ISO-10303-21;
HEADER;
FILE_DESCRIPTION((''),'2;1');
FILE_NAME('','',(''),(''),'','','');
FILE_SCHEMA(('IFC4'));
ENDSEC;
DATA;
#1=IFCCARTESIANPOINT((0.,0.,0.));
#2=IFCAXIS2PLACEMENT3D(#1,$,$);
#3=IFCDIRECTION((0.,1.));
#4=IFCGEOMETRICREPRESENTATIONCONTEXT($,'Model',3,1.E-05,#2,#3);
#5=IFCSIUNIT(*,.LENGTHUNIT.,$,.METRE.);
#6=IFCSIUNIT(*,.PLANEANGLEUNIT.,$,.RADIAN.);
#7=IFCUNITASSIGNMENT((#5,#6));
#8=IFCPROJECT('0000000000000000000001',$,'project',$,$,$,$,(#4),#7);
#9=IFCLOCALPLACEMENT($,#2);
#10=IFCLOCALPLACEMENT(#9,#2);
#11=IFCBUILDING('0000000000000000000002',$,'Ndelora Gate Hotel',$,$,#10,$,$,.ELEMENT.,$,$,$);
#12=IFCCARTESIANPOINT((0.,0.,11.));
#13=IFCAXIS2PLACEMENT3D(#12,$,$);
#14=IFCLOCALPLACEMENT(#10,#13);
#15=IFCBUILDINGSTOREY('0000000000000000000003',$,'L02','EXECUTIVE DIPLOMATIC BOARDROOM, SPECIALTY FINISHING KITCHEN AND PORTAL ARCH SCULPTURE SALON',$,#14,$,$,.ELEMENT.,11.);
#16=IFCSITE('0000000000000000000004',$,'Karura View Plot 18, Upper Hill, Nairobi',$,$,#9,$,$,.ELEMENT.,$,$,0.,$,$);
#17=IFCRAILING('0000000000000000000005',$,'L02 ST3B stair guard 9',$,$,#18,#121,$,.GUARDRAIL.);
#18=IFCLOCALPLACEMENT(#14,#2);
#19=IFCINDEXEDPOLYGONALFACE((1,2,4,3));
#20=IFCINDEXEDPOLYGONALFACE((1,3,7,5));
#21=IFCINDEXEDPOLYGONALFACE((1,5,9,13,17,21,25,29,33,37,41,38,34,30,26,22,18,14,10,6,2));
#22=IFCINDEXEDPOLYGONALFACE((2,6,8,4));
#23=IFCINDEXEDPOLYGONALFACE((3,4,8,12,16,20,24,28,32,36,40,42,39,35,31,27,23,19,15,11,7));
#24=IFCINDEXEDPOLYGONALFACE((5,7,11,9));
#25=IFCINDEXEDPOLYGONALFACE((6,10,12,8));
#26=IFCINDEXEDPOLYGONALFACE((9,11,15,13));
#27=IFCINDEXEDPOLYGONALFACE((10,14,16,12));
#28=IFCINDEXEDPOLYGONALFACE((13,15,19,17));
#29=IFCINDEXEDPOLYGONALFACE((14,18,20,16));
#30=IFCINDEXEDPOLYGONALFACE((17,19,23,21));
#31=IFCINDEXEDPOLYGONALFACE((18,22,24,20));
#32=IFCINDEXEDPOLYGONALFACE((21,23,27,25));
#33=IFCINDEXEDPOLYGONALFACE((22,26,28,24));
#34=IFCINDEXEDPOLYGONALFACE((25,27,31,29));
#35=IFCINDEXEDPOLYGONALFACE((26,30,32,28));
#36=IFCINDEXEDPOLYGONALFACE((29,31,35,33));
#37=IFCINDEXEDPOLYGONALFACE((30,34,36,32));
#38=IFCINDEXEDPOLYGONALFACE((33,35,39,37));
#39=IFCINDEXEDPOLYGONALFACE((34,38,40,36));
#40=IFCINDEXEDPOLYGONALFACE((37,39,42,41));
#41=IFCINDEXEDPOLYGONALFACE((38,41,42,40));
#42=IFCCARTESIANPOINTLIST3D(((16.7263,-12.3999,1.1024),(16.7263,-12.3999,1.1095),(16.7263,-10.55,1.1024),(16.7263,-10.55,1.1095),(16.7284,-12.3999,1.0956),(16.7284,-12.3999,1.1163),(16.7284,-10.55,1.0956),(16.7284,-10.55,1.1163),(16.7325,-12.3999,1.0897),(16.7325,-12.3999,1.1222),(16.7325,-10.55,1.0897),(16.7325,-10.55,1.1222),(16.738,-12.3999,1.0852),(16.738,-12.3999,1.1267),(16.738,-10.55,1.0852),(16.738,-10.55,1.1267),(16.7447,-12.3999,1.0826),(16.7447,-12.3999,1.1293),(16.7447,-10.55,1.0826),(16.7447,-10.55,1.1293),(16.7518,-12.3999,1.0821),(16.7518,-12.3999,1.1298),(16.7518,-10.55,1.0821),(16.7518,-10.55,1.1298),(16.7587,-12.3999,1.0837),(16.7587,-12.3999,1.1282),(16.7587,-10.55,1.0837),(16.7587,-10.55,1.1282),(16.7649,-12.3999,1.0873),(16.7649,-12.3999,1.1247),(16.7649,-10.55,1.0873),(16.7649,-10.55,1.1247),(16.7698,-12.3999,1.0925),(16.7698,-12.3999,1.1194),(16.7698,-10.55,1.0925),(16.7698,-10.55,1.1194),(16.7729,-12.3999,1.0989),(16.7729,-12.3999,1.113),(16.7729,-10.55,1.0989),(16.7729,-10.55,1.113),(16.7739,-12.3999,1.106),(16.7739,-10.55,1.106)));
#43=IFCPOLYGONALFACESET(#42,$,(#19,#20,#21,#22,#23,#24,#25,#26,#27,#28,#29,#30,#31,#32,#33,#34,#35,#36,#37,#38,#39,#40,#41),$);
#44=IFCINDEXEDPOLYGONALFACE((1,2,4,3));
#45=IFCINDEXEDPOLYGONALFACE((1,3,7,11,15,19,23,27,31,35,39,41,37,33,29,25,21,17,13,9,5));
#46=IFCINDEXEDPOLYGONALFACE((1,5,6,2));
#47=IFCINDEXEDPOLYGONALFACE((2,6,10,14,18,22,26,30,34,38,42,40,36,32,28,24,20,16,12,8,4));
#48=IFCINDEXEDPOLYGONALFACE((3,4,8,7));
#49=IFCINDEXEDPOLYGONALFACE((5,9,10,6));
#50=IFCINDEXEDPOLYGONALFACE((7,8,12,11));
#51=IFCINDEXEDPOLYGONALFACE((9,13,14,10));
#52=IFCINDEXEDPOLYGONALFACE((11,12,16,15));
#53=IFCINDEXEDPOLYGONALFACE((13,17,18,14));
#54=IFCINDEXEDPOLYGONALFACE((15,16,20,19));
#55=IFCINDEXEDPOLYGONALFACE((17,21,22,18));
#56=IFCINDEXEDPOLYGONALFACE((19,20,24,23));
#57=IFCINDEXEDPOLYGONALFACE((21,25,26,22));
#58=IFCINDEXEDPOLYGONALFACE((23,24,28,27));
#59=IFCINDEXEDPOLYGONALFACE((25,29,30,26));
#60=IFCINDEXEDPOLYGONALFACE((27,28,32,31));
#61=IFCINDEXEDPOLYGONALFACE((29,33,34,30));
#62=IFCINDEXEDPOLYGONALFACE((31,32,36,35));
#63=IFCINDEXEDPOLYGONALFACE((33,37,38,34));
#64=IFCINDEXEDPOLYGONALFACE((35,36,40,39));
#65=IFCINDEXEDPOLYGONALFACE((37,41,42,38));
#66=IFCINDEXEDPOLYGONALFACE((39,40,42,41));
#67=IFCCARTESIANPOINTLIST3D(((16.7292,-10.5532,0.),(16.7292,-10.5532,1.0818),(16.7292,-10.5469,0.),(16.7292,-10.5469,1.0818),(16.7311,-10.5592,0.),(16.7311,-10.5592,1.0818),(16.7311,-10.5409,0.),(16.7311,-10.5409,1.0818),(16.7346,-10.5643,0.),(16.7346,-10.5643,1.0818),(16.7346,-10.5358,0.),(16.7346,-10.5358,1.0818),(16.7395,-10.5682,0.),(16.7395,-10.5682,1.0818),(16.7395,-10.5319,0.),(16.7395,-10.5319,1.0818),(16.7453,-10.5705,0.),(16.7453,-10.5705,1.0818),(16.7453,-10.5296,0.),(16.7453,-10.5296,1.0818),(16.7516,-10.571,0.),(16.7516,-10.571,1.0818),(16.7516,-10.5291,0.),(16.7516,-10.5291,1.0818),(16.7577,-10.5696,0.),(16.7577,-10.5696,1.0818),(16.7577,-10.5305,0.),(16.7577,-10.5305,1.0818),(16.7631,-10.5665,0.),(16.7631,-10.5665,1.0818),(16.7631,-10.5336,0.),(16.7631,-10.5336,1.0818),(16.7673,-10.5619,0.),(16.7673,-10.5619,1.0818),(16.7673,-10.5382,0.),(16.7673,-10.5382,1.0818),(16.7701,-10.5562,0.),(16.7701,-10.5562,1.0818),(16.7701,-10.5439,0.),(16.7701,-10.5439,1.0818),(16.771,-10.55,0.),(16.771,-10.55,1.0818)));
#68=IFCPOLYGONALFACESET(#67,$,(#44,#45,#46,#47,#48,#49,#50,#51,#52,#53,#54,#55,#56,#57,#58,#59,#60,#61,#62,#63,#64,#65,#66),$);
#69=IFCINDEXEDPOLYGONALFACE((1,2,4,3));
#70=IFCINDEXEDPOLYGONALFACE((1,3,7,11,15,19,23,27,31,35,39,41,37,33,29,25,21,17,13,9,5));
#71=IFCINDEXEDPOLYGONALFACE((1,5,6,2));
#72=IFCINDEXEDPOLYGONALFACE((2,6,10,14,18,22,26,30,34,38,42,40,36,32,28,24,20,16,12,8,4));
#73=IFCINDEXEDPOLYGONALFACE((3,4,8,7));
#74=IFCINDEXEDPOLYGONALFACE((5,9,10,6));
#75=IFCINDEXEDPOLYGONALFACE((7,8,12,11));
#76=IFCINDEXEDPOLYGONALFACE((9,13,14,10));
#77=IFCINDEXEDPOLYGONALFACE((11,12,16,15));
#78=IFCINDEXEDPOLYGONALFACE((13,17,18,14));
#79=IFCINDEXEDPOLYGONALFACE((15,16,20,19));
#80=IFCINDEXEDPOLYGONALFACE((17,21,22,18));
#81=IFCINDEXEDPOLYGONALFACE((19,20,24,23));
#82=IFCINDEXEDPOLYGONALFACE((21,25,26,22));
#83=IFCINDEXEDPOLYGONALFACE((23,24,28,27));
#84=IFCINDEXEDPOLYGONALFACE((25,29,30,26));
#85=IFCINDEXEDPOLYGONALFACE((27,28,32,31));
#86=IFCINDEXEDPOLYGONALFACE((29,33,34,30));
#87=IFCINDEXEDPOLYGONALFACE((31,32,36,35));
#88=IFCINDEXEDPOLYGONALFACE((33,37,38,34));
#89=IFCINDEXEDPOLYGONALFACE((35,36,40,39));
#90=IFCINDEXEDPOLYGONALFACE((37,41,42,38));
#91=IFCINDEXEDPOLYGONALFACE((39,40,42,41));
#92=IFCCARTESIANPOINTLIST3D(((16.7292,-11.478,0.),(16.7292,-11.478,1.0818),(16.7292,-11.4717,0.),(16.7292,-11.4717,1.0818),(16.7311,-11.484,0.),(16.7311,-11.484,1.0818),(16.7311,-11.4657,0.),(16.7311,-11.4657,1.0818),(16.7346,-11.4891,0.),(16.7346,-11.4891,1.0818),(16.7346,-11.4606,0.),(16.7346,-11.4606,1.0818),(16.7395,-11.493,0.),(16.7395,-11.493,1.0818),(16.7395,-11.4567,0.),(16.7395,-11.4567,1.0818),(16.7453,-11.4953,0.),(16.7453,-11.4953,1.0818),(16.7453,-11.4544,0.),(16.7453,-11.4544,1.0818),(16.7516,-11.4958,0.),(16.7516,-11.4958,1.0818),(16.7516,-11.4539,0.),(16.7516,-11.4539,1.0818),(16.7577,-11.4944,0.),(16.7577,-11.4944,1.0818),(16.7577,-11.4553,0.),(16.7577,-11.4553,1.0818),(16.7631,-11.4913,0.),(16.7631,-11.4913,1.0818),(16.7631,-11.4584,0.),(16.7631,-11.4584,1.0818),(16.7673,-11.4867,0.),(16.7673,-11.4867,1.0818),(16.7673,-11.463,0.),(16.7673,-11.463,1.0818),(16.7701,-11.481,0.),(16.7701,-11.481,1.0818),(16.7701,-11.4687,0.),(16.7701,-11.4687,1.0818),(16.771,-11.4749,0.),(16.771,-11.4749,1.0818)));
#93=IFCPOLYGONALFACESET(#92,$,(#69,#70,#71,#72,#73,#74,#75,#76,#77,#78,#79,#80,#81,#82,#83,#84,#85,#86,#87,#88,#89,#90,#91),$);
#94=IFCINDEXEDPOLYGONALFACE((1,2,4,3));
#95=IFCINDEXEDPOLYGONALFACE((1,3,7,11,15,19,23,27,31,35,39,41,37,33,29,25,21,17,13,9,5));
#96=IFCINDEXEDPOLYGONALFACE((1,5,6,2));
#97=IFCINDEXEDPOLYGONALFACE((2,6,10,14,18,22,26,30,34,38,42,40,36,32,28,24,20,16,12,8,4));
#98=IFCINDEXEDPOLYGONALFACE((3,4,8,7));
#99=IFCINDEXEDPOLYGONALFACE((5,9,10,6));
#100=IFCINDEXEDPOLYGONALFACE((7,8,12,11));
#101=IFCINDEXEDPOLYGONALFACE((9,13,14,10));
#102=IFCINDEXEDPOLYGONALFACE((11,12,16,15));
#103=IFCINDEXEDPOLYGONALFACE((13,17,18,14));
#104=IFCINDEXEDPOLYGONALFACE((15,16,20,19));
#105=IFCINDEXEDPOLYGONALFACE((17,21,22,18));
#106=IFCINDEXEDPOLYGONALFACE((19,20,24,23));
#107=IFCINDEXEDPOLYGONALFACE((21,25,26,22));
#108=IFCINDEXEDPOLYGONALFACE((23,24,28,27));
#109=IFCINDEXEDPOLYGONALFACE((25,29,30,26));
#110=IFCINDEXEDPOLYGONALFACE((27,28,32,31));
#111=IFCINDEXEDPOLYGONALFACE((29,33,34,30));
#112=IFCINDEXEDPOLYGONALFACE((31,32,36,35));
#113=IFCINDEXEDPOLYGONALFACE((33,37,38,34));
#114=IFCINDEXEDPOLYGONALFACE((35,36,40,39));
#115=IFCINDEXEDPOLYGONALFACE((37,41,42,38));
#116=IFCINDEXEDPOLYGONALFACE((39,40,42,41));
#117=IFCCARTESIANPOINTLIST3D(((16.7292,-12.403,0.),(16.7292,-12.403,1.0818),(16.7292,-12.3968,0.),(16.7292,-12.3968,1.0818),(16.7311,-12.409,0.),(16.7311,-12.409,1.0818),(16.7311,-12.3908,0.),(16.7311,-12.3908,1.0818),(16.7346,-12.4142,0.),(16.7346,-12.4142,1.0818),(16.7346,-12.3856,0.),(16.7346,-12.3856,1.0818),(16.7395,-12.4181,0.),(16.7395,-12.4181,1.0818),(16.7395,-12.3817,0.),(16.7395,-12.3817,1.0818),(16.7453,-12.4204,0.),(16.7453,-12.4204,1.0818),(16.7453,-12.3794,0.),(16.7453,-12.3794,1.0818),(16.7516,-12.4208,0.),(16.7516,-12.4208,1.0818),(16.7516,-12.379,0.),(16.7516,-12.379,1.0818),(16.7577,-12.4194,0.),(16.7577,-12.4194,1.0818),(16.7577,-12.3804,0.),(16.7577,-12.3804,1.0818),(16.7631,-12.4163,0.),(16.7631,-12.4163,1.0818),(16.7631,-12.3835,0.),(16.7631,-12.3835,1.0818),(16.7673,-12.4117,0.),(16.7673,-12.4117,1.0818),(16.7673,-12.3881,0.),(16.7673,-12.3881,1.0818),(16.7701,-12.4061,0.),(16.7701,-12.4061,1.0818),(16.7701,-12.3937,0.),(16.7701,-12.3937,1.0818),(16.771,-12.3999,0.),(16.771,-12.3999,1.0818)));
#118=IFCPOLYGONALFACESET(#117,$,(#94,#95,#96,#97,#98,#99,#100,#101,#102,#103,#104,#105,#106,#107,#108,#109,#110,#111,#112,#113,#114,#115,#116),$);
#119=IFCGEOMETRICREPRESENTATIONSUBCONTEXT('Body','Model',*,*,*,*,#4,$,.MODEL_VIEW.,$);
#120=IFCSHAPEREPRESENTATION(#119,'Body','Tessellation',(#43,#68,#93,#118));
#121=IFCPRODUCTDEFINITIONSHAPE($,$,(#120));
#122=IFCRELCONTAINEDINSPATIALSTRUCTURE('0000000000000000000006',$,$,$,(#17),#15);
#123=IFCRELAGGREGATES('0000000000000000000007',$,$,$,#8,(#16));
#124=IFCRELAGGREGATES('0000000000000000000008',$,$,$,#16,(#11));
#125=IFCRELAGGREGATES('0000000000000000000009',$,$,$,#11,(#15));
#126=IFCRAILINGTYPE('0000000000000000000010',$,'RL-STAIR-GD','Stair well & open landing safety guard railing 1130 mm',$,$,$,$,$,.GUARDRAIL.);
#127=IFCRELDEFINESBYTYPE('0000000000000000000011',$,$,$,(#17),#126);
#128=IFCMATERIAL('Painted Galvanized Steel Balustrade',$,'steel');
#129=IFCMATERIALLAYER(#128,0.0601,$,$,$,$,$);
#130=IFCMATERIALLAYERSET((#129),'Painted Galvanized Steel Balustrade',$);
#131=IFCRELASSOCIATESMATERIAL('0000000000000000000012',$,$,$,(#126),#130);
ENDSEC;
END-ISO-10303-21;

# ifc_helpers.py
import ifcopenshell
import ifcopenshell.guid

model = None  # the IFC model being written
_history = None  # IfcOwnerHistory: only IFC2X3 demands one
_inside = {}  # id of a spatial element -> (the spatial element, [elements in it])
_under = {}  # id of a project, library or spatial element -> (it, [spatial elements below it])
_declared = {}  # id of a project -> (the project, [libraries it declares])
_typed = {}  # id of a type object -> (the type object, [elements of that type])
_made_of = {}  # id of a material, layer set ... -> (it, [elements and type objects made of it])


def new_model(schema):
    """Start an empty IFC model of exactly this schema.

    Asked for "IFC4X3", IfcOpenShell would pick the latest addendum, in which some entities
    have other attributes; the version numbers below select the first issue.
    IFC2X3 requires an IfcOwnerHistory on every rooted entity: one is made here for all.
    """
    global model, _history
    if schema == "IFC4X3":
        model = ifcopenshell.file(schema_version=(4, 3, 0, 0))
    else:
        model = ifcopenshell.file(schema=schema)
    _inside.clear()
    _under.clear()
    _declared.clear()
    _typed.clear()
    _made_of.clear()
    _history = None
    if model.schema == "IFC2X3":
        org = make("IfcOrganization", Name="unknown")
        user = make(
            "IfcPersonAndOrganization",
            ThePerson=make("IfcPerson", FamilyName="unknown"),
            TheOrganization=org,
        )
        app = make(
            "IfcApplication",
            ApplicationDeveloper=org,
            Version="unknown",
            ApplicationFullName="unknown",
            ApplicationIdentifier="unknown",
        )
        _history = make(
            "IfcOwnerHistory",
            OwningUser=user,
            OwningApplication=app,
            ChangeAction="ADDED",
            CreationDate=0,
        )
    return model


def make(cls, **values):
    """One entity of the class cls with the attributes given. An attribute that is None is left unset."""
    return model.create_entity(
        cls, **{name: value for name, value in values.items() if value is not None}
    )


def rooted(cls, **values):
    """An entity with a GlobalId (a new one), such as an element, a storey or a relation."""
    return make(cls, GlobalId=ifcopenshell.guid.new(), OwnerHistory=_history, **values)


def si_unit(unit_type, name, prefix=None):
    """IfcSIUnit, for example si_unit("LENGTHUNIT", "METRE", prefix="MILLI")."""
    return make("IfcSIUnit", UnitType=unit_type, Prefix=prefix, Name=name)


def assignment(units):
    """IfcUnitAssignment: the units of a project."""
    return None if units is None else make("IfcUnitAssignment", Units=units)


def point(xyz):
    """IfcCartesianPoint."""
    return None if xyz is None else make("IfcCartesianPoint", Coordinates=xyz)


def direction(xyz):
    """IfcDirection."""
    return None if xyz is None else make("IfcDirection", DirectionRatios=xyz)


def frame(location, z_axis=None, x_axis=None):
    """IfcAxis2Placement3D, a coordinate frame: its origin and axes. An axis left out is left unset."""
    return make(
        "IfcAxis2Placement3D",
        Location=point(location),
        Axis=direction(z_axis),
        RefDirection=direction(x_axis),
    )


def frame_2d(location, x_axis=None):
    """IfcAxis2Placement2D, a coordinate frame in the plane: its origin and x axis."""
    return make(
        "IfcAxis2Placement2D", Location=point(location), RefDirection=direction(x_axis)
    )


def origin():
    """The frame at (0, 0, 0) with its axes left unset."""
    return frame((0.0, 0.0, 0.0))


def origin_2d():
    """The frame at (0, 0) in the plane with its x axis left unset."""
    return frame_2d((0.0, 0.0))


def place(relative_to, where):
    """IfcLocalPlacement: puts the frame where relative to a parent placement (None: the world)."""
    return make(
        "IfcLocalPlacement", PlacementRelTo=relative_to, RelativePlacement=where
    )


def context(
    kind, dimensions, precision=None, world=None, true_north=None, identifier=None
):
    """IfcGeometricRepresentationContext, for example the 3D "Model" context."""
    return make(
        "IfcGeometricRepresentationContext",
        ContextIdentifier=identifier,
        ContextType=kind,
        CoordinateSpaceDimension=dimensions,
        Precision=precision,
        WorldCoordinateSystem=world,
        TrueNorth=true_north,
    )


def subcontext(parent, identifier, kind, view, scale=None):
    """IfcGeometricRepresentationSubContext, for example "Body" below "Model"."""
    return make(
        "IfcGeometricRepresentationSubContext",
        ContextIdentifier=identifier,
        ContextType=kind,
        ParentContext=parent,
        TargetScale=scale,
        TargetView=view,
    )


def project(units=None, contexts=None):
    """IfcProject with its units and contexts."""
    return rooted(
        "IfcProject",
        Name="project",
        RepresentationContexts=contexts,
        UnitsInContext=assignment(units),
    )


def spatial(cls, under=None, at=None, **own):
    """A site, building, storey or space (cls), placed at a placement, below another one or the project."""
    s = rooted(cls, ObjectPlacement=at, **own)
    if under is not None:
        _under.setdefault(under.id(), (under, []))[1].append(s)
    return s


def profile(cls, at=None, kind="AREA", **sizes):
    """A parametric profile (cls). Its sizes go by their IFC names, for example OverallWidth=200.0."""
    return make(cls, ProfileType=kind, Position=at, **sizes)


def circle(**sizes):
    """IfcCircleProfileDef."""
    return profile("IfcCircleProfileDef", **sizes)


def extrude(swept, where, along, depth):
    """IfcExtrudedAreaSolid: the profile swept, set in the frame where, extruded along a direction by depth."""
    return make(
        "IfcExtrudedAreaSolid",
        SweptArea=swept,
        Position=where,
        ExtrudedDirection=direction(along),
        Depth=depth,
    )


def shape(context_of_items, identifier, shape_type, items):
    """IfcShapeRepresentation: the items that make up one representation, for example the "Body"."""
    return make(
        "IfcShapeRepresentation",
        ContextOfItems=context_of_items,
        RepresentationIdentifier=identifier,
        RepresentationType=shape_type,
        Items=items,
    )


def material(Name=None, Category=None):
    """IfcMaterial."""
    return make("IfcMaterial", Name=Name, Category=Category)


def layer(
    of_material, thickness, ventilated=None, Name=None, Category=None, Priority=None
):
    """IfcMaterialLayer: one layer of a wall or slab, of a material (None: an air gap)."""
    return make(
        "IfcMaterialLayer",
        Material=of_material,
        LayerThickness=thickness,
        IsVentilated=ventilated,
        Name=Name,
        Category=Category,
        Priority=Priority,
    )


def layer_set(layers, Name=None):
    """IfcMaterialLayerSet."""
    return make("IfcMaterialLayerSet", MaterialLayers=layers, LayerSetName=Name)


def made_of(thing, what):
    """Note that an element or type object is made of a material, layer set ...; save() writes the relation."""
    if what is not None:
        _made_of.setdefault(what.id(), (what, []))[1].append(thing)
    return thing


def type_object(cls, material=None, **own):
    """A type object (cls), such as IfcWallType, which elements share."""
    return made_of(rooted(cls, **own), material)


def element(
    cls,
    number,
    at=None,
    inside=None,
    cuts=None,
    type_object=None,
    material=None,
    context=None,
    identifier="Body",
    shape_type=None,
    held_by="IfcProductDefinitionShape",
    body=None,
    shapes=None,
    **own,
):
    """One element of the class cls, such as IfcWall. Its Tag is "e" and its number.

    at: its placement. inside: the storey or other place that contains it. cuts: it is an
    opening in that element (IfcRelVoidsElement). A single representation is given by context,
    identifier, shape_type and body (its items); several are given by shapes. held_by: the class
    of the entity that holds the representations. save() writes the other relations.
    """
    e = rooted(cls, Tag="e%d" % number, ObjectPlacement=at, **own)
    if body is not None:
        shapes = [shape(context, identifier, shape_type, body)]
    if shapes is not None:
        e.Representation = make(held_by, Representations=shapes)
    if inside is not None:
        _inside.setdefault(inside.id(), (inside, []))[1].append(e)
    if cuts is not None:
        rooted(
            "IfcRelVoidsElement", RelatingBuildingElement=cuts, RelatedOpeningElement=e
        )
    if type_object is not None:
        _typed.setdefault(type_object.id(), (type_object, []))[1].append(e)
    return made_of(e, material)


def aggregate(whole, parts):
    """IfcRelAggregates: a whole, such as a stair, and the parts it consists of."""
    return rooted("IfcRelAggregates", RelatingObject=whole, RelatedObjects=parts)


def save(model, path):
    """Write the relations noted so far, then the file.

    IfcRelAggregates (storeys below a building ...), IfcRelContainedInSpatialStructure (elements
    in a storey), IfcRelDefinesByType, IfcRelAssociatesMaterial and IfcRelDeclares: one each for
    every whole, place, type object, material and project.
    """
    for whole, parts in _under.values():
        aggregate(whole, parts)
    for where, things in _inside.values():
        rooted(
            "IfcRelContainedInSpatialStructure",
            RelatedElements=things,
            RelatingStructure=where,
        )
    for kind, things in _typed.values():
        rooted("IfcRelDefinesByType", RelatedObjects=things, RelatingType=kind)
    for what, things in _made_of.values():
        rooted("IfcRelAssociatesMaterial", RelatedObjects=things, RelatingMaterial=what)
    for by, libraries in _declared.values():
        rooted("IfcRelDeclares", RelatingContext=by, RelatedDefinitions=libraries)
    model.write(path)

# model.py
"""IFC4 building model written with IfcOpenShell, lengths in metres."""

from ifc_helpers import new_model, si_unit, direction, frame, origin, origin_2d, place, context, subcontext, project, spatial, circle, extrude, material, layer, layer_set, type_object, element, save


model = new_model("IFC4")

# Units and contexts
model_context = context("Model", 3, precision=1e-05, world=origin(), true_north=direction((0.0, 1.0)))
body_context = subcontext(model_context, "Body", "Model", "MODEL_VIEW")
ifc_project = project(units=[si_unit("LENGTHUNIT", "METRE"), si_unit("PLANEANGLEUNIT", "RADIAN")], contexts=[model_context])

# Site, building, storey
site_placement = place(None, origin())
site = spatial("IfcSite", under=ifc_project, at=site_placement, Name="Karura View Plot 18, Upper Hill, Nairobi", CompositionType="ELEMENT", RefElevation=0.0)
building_placement = place(site_placement, origin())
building = spatial("IfcBuilding", under=site, at=building_placement, Name="Ndelora Gate Hotel", CompositionType="ELEMENT")
storey_placement = place(building_placement, frame((0.0, 0.0, 11.0)))
storey = spatial("IfcBuildingStorey", under=building, at=storey_placement, Name="L02", Description="EXECUTIVE DIPLOMATIC BOARDROOM, SPECIALTY FINISHING KITCHEN AND PORTAL ARCH SCULPTURE SALON", CompositionType="ELEMENT", Elevation=11.0)

# Railing
ifc_material_1 = material(Name="Painted Galvanized Steel Balustrade", Category="steel")
ifc_layer_1 = layer(ifc_material_1, 0.0601)
ifc_layer_set_1 = layer_set([ifc_layer_1], Name="Painted Galvanized Steel Balustrade")
railing_type_1 = type_object("IfcRailingType", Name="RL-STAIR-GD", Description="Stair well & open landing safety guard railing 1130 mm", PredefinedType="GUARDRAIL", material=ifc_layer_set_1)
for number, where, name in (
    (1, (16.75, -10.55, 0.0), "L02 ST3B stair guard 9"),
):
    element("IfcRailing", number, at=place(storey_placement, frame(where)), inside=storey, type_object=railing_type_1, Name=name, PredefinedType="GUARDRAIL", context=body_context, shape_type="SweptSolid", body=[
        extrude(circle(Radius=0.0239, at=origin_2d()), frame((0.0, 0.0, 1.106), z_axis=(0.0, -1.0, 0.0), x_axis=(1.0, 0.0, 0.0)), (0.0, 0.0, 1.0), 1.8499),
        extrude(circle(Radius=0.021, at=origin_2d()), origin(), (0.0, 0.0, 1.0), 1.0818),
        extrude(circle(Radius=0.021, at=origin_2d()), frame((0.0, -0.9248, 0.0)), (0.0, 0.0, 1.0), 1.0818),
        extrude(circle(Radius=0.021, at=origin_2d()), frame((0.0, -1.8499, 0.0)), (0.0, 0.0, 1.0), 1.0818),
    ])

save(model, "model.ifc")
